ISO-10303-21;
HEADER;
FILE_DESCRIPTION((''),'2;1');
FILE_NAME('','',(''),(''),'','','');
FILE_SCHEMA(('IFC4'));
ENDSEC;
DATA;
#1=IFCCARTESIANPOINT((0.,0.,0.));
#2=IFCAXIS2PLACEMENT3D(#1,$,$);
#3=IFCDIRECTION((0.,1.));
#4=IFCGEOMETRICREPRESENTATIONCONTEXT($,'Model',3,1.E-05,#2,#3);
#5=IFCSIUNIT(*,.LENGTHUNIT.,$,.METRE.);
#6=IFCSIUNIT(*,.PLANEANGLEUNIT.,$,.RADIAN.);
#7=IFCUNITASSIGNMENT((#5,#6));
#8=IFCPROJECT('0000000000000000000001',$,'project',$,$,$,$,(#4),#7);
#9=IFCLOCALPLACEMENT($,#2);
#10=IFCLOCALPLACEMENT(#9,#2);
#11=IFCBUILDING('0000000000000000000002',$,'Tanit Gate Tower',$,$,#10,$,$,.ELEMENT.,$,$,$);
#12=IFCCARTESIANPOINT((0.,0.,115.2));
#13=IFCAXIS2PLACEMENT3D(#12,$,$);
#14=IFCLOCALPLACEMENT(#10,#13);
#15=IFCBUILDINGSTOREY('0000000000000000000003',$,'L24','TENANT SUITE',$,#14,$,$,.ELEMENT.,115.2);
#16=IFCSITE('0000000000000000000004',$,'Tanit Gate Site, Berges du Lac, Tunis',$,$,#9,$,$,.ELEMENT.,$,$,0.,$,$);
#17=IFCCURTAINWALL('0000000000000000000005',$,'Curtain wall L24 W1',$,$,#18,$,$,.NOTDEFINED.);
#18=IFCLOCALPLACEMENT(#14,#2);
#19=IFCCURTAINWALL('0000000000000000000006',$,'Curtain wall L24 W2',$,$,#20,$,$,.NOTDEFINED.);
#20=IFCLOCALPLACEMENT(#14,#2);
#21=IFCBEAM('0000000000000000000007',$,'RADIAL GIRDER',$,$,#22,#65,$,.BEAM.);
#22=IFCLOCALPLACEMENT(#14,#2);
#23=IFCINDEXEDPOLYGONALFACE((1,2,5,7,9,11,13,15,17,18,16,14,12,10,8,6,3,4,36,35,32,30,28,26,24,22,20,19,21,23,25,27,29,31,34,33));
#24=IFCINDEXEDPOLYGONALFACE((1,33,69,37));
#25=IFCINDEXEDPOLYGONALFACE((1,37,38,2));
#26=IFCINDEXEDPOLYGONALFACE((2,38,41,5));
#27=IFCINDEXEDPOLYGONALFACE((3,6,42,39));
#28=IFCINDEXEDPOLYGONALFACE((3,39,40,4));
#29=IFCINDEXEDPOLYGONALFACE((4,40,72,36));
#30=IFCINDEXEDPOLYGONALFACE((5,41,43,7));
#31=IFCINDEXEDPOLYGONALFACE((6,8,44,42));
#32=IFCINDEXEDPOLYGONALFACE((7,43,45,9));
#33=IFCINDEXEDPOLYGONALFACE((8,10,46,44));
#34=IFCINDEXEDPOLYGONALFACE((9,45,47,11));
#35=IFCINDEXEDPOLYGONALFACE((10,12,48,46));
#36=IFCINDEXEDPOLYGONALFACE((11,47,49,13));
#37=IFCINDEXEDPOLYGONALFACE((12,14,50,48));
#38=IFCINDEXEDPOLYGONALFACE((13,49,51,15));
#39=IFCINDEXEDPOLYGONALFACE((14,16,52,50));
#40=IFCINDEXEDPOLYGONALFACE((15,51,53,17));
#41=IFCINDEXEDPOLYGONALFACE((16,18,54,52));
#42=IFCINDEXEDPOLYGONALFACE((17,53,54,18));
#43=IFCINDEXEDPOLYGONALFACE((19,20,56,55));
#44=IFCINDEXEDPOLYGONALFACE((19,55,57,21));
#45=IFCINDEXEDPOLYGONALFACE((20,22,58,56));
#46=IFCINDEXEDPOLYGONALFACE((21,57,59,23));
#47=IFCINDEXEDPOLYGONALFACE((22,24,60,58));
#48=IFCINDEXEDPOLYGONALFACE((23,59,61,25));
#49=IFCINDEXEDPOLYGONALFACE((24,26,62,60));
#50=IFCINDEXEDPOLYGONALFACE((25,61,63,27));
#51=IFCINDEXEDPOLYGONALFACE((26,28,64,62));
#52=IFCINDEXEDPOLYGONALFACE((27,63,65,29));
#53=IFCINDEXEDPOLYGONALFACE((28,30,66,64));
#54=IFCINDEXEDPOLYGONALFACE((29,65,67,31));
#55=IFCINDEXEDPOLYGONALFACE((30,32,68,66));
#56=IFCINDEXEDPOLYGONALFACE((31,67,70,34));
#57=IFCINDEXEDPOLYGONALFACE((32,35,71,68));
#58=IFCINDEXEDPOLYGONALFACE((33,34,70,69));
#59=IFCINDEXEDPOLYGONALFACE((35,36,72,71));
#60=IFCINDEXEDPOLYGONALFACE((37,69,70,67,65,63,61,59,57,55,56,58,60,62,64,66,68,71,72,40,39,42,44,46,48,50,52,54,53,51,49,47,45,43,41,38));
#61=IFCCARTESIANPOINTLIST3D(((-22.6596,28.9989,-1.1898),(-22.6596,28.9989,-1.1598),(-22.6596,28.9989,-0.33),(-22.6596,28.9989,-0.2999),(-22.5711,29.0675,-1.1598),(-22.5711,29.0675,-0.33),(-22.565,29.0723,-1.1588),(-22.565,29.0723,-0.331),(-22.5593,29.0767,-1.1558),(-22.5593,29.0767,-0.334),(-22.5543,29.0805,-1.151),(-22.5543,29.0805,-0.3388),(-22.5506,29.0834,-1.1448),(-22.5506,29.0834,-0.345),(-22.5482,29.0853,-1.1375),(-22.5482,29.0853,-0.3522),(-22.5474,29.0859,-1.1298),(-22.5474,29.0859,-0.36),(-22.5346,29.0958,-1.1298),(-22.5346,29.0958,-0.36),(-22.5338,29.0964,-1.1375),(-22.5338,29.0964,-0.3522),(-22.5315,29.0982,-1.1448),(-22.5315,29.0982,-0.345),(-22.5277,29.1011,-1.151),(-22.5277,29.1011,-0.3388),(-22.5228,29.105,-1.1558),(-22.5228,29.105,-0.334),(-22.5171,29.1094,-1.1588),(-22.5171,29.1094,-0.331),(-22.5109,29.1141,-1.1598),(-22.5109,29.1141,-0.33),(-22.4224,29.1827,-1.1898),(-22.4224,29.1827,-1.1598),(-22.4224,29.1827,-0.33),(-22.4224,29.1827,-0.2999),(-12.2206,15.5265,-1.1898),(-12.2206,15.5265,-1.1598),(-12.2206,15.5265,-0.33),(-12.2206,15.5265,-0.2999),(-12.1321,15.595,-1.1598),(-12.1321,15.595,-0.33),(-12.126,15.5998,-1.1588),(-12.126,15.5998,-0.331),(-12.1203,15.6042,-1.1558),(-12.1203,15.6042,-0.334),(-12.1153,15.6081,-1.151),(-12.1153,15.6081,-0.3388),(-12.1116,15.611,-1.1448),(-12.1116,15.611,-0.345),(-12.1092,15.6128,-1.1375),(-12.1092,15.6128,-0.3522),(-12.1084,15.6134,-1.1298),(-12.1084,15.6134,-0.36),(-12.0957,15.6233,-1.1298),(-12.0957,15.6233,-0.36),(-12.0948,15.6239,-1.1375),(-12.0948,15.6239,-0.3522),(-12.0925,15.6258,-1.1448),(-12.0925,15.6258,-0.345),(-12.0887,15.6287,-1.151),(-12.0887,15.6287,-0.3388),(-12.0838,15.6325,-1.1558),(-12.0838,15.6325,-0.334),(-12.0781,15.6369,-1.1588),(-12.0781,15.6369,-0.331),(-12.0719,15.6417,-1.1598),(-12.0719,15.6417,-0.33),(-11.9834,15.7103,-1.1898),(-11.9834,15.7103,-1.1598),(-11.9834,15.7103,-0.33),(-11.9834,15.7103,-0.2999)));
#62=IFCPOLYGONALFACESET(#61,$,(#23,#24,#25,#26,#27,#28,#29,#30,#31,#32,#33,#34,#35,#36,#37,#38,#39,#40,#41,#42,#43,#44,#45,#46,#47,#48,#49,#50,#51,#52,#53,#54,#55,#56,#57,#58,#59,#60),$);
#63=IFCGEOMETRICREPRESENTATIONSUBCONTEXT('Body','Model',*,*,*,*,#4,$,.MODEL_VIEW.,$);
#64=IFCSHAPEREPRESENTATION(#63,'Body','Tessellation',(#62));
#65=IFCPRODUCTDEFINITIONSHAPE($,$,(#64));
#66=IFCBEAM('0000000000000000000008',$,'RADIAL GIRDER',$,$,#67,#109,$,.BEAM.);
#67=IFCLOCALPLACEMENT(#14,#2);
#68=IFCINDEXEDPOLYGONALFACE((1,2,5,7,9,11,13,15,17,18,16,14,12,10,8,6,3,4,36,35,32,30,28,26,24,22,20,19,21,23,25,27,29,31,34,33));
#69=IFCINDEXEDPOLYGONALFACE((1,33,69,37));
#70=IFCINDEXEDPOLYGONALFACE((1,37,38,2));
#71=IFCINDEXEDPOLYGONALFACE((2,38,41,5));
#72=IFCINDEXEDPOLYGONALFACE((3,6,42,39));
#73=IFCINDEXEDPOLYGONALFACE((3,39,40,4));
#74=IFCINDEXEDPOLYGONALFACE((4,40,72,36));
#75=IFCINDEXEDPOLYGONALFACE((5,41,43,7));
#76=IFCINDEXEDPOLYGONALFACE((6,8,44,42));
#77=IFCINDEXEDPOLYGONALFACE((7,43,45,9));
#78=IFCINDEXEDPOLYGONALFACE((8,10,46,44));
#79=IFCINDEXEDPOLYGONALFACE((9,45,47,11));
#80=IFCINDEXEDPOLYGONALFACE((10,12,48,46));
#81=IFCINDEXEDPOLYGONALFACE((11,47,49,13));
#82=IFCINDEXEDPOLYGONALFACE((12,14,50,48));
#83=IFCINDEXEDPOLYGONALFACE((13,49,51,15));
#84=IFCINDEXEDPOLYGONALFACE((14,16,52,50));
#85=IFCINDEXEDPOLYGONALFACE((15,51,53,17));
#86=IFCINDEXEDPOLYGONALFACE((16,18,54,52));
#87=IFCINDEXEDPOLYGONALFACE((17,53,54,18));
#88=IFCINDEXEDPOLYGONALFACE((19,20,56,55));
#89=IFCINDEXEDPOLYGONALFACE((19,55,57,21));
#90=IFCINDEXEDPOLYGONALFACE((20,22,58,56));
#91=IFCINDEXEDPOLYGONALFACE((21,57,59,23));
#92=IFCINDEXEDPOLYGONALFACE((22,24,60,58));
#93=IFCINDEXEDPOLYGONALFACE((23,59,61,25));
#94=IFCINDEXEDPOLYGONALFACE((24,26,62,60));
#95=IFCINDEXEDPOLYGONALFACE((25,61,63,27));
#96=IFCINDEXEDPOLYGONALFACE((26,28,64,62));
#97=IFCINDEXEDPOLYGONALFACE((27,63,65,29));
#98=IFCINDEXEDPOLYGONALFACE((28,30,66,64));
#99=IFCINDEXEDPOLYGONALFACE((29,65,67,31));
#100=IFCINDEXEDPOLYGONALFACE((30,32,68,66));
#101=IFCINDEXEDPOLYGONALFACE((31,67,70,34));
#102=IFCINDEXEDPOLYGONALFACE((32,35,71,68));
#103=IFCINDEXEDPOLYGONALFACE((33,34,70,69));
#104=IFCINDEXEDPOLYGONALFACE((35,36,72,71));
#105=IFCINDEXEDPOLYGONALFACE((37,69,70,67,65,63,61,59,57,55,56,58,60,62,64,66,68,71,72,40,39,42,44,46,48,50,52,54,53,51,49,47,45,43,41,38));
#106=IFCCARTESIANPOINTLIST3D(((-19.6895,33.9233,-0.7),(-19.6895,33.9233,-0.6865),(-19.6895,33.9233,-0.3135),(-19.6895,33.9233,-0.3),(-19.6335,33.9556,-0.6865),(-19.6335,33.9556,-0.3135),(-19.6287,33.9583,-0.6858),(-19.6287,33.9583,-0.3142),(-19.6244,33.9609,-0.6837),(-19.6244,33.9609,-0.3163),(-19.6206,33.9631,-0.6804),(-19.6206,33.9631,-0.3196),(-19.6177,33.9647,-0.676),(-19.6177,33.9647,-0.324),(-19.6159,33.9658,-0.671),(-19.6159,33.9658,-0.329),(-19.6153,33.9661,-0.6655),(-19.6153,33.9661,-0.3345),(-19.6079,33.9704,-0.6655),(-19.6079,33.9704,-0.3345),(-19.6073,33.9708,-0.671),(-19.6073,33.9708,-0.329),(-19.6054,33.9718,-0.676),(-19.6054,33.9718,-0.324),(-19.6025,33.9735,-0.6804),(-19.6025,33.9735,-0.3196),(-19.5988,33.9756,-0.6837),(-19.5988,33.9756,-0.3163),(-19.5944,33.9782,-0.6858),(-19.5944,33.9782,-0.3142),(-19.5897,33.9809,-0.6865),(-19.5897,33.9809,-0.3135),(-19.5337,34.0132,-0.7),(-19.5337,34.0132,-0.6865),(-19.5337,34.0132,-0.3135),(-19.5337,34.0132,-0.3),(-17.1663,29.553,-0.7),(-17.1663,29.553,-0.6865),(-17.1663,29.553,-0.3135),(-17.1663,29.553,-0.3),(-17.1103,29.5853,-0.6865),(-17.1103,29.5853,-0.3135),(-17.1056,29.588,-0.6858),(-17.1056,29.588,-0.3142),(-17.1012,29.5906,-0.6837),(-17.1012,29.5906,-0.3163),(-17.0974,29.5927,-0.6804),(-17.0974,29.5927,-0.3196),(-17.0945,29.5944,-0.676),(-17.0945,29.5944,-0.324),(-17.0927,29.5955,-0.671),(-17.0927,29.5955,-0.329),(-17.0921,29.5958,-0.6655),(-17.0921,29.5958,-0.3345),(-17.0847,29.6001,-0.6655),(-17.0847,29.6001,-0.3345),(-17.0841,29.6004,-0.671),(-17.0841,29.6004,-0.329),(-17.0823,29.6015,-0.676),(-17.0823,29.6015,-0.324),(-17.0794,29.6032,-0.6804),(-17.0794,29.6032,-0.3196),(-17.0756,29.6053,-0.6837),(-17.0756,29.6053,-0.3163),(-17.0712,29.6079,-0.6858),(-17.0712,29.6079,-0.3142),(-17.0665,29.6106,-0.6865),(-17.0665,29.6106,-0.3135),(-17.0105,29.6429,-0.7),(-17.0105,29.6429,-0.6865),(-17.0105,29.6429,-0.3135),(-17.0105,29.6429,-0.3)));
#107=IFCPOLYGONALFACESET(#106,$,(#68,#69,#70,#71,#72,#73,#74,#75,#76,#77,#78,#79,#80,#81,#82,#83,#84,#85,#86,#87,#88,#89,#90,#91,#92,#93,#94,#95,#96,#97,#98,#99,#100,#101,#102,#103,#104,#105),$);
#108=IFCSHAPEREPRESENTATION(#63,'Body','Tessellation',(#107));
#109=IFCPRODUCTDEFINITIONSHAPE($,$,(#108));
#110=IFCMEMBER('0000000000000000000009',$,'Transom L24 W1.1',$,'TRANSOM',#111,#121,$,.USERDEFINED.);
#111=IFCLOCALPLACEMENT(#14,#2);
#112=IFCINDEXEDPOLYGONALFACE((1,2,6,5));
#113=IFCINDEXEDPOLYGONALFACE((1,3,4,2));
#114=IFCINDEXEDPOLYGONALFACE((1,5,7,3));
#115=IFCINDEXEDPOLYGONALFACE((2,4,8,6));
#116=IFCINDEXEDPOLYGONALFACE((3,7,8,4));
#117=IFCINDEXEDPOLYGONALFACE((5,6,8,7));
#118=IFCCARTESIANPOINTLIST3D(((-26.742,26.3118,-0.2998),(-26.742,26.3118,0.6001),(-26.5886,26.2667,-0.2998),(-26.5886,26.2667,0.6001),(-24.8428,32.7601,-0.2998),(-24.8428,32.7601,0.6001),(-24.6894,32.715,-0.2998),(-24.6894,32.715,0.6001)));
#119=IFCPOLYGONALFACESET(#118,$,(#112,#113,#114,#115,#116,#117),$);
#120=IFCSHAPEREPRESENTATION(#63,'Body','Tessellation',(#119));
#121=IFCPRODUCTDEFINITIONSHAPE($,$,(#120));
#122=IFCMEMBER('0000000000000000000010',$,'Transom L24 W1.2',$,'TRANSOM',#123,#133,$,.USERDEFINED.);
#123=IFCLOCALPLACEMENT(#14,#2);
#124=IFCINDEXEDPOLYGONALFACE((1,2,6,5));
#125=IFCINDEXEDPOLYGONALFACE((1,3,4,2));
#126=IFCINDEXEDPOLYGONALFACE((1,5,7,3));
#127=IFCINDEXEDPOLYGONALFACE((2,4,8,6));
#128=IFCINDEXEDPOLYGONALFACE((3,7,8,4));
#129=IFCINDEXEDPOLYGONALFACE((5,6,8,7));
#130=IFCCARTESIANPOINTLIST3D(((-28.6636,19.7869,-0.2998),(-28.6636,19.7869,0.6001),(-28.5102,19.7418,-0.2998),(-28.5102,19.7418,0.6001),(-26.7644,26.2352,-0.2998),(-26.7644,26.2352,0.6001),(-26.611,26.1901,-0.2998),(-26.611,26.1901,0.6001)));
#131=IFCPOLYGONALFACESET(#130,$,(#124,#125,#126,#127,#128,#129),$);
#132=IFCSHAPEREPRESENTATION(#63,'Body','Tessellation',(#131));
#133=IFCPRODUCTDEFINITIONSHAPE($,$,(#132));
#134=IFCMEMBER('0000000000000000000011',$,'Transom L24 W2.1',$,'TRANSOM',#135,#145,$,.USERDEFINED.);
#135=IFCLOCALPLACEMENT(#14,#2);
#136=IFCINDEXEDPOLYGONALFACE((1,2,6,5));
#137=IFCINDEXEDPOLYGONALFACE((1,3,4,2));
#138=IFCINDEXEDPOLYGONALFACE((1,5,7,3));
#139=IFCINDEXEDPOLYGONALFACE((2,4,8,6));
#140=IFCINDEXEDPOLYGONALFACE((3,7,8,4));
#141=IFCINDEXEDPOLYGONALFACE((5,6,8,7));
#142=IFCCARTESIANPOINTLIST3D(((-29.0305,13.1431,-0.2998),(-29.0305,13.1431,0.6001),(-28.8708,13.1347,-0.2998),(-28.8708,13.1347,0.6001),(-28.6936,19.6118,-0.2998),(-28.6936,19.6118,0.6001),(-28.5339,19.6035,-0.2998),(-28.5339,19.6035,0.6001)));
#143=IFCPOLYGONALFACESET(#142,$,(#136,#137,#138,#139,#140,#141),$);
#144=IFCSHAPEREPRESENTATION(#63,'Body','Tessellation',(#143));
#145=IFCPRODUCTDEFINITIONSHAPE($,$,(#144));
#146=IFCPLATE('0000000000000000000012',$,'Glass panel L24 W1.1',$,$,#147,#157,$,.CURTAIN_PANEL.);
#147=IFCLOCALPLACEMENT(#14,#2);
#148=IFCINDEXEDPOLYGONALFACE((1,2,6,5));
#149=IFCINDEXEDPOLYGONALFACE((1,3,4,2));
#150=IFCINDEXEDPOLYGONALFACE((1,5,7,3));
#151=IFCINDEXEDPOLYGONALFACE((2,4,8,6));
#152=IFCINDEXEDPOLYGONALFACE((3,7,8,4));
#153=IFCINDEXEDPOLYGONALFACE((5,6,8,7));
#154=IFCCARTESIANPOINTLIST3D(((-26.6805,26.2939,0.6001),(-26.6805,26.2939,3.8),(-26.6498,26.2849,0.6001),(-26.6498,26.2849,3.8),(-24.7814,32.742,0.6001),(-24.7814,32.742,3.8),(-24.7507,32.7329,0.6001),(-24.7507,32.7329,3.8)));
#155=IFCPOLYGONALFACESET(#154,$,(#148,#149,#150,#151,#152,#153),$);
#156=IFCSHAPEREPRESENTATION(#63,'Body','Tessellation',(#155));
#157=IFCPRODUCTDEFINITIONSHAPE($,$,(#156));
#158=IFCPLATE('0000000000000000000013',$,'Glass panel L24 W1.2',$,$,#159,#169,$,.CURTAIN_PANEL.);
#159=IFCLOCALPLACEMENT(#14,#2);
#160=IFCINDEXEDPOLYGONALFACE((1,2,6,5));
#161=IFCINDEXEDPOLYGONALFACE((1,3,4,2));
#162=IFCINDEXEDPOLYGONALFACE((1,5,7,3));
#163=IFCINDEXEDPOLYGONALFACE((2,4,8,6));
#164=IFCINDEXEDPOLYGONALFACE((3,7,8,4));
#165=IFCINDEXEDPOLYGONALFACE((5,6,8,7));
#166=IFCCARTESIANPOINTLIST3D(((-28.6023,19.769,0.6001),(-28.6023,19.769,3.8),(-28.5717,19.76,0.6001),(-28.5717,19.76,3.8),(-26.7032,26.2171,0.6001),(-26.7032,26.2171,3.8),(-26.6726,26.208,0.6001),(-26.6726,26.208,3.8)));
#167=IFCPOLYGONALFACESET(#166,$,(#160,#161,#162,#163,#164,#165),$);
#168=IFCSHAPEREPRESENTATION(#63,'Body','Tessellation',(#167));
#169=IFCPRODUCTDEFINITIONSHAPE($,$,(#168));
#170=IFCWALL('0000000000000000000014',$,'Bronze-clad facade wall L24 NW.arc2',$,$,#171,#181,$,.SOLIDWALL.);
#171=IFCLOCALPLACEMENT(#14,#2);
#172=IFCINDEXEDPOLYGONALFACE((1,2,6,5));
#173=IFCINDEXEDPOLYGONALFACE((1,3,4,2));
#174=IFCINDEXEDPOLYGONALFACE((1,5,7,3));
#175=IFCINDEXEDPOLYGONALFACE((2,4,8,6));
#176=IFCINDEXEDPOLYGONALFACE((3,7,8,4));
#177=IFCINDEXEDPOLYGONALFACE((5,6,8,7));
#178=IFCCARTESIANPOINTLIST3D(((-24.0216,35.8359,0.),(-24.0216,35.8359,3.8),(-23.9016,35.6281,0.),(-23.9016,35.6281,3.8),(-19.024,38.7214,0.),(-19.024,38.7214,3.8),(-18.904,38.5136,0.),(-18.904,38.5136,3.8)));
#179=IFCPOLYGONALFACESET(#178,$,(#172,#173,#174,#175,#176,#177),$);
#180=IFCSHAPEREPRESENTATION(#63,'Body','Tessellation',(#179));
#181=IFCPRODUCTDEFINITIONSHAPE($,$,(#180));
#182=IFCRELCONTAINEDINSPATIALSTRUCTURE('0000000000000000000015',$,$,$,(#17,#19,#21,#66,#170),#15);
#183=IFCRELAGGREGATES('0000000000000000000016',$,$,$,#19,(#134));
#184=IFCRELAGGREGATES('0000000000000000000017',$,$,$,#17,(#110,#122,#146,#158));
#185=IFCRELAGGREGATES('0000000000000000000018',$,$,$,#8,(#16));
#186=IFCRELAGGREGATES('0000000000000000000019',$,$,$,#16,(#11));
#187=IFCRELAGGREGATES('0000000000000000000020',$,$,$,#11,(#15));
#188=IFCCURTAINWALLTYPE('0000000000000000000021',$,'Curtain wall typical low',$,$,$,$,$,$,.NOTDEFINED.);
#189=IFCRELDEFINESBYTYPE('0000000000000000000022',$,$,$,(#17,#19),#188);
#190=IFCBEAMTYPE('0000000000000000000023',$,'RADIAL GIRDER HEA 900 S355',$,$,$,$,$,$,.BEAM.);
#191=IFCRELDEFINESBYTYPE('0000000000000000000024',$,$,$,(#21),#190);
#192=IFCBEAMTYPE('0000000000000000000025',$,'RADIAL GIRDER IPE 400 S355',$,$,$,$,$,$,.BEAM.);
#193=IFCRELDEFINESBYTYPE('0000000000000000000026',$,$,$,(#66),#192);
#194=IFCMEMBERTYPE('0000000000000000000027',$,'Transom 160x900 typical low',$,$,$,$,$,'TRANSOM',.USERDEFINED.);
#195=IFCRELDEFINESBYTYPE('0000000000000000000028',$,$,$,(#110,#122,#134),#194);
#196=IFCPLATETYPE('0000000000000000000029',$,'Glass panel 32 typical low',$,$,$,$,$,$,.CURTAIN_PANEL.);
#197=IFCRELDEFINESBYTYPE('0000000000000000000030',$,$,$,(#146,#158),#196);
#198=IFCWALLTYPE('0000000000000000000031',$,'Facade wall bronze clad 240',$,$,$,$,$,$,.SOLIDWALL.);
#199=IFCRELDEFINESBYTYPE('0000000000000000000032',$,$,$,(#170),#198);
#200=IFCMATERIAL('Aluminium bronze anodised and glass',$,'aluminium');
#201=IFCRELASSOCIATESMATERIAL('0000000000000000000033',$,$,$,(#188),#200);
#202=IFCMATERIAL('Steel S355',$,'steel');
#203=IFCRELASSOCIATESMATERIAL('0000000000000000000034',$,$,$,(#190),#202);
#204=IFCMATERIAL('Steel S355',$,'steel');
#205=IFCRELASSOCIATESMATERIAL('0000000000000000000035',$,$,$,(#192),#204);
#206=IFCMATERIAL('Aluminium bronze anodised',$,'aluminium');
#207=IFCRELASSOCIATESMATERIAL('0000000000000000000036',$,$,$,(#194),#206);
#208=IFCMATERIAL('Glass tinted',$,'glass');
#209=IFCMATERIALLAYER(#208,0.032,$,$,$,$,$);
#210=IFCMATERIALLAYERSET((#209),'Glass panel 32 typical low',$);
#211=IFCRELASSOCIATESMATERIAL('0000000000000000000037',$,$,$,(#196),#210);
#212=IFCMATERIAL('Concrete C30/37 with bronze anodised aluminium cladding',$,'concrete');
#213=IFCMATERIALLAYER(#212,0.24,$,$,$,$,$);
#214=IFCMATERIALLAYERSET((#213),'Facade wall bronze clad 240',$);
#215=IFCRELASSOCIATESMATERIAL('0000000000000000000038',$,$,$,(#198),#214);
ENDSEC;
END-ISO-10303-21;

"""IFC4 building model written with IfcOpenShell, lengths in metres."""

from ifc_helpers import new_model, si_unit, direction, frame, frame_2d, origin, origin_2d, place, context, subcontext, project, spatial, rectangle, i_section, extrude, material, layer, layer_set, material_profile, profile_set, type_object, element, aggregate, save


model = new_model("IFC4")

# Units and contexts
model_context = context("Model", 3, precision=1e-05, world=origin(), true_north=direction((0.0, 1.0)))
body_context = subcontext(model_context, "Body", "Model", "MODEL_VIEW")
ifc_project = project(units=[si_unit("LENGTHUNIT", "METRE"), si_unit("PLANEANGLEUNIT", "RADIAN")], contexts=[model_context])

# Site, building, storey
site_placement = place(None, origin())
site = spatial("IfcSite", under=ifc_project, at=site_placement, Name="Tanit Gate Site, Berges du Lac, Tunis", CompositionType="ELEMENT", RefElevation=0.0)
building_placement = place(site_placement, origin())
building = spatial("IfcBuilding", under=site, at=building_placement, Name="Tanit Gate Tower", CompositionType="ELEMENT")
storey_placement = place(building_placement, frame((0.0, 0.0, 115.2)))
storey = spatial("IfcBuildingStorey", under=building, at=storey_placement, Name="L24", Description="TENANT SUITE", CompositionType="ELEMENT", Elevation=115.2)

# Curtain walls
ifc_material_1 = material(Name="Aluminium bronze anodised and glass", Category="aluminium")
curtain_wall_type = type_object("IfcCurtainWallType", Name="Curtain wall typical low", PredefinedType="NOTDEFINED", material=ifc_material_1)
curtain_wall_1_placement = place(storey_placement, origin())
curtain_wall_1 = element("IfcCurtainWall", 1, at=curtain_wall_1_placement, inside=storey, type_object=curtain_wall_type, Name="Curtain wall L24 W1", PredefinedType="NOTDEFINED")
curtain_wall_2_placement = place(storey_placement, origin())
curtain_wall_2 = element("IfcCurtainWall", 2, at=curtain_wall_2_placement, inside=storey, type_object=curtain_wall_type, Name="Curtain wall L24 W2", PredefinedType="NOTDEFINED")

# Beams
ifc_material_2 = material(Name="Steel S355", Category="steel")
ifc_material_profile_1 = material_profile(ifc_material_2, i_section(OverallWidth=0.3, OverallDepth=0.8899, WebThickness=0.0161, FlangeThickness=0.03, FilletRadius=0.03, at=origin_2d()), Name="HEA 900")
ifc_profile_set_1 = profile_set([ifc_material_profile_1], Name="Steel S355")
beam_type_1 = type_object("IfcBeamType", Name="RADIAL GIRDER HEA 900 S355", PredefinedType="BEAM", material=ifc_profile_set_1)
beam_1_placement = place(storey_placement, frame((-22.541, 29.0908, -0.7449), z_axis=(0.612493, -0.790476, 0.0), x_axis=(0.790476, 0.612493, 0.0)))
element("IfcBeam", 3, at=beam_1_placement, inside=storey, type_object=beam_type_1, Name="RADIAL GIRDER", PredefinedType="BEAM", context=body_context, shape_type="SweptSolid", body=[
    extrude(i_section(OverallWidth=0.3, OverallDepth=0.8899, WebThickness=0.0161, FlangeThickness=0.03, FilletRadius=0.03, at=origin_2d()), origin(), (0.0, 0.0, 1.0), 17.0435),
])
ifc_material_3 = material(Name="Steel S355", Category="steel")
ifc_material_profile_2 = material_profile(ifc_material_3, i_section(OverallWidth=0.1799, OverallDepth=0.3999, WebThickness=0.0085, FlangeThickness=0.0134, FilletRadius=0.021, at=origin_2d()), Name="IPE 400")
ifc_profile_set_2 = profile_set([ifc_material_profile_2], Name="Steel S355")
beam_type_2 = type_object("IfcBeamType", Name="RADIAL GIRDER IPE 400 S355", PredefinedType="BEAM", material=ifc_profile_set_2)
beam_2_placement = place(storey_placement, frame((-19.6116, 33.9683, -0.5), z_axis=(0.499995, -0.866028, 0.0), x_axis=(0.866028, 0.499995, 0.0)))
element("IfcBeam", 4, at=beam_2_placement, inside=storey, type_object=beam_type_2, Name="RADIAL GIRDER", PredefinedType="BEAM", context=body_context, shape_type="SweptSolid", body=[
    extrude(i_section(OverallWidth=0.1799, OverallDepth=0.3999, WebThickness=0.0085, FlangeThickness=0.0134, FilletRadius=0.021, at=origin_2d()), origin(), (0.0, 0.0, 1.0), 5.0464),
])

# Members
ifc_material_4 = material(Name="Aluminium bronze anodised", Category="aluminium")
ifc_material_profile_3 = material_profile(ifc_material_4, rectangle(XDim=0.1599, YDim=0.8999, at=origin_2d()), Name="160x900 bronze transom")
ifc_profile_set_3 = profile_set([ifc_material_profile_3], Name="Aluminium bronze anodised")
member_type_1 = type_object("IfcMemberType", Name="Transom 160x900 typical low", ElementType="TRANSOM", PredefinedType="USERDEFINED", material=ifc_profile_set_3)
member_1_placement = place(storey_placement, frame((-24.7661, 32.7375, 0.1501), z_axis=(-0.282526, -0.95926, 0.0), x_axis=(0.95926, -0.282526, 0.0)))
member_1 = element("IfcMember", 5, at=member_1_placement, type_object=member_type_1, Name="Transom L24 W1.1", ObjectType="TRANSOM", PredefinedType="USERDEFINED", context=body_context, shape_type="SweptSolid", body=[
    extrude(rectangle(XDim=0.1599, YDim=0.8999, at=origin_2d()), origin(), (0.0, 0.0, 1.0), 6.7222),
])
member_2_placement = place(storey_placement, frame((-26.6877, 26.2126, 0.1501), z_axis=(-0.282526, -0.95926, 0.0), x_axis=(0.95926, -0.282526, 0.0)))
member_2 = element("IfcMember", 6, at=member_2_placement, type_object=member_type_1, Name="Transom L24 W1.2", ObjectType="TRANSOM", PredefinedType="USERDEFINED", context=body_context, shape_type="SweptSolid", body=[
    extrude(rectangle(XDim=0.1599, YDim=0.8999, at=origin_2d()), origin(), (0.0, 0.0, 1.0), 6.7222),
])
member_3_placement = place(storey_placement, frame((-28.6138, 19.6077, 0.1501), z_axis=(-0.052013, -0.998646, 0.0), x_axis=(0.998646, -0.052013, 0.0)))
member_3 = element("IfcMember", 7, at=member_3_placement, type_object=member_type_1, Name="Transom L24 W2.1", ObjectType="TRANSOM", PredefinedType="USERDEFINED", context=body_context, shape_type="SweptSolid", body=[
    extrude(rectangle(XDim=0.1599, YDim=0.8999, at=origin_2d()), origin(), (0.0, 0.0, 1.0), 6.4775),
])
aggregate(curtain_wall_2, [member_3])

# Plates
ifc_material_5 = material(Name="Glass tinted", Category="glass")
ifc_layer_1 = layer(ifc_material_5, 0.032)
ifc_layer_set_1 = layer_set([ifc_layer_1], Name="Glass panel 32 typical low")
plate_type = type_object("IfcPlateType", Name="Glass panel 32 typical low", PredefinedType="CURTAIN_PANEL", material=ifc_layer_set_1)
plate_1_placement = place(storey_placement, frame((-25.7156, 29.5134, 0.6001), z_axis=(0.0, 0.0, 1.0), x_axis=(-0.282525, -0.95926, 0.0)))
plate_1 = element("IfcPlate", 8, at=plate_1_placement, type_object=plate_type, Name="Glass panel L24 W1.1", PredefinedType="CURTAIN_PANEL", context=body_context, shape_type="SweptSolid", body=[
    extrude(rectangle(XDim=6.7219, YDim=0.032, at=origin_2d()), origin(), (0.0, 0.0, 1.0), 3.2),
])
plate_2_placement = place(storey_placement, frame((-27.6375, 22.9885, 0.6001), z_axis=(0.0, 0.0, 1.0), x_axis=(-0.282525, -0.95926, 0.0)))
plate_2 = element("IfcPlate", 9, at=plate_2_placement, type_object=plate_type, Name="Glass panel L24 W1.2", PredefinedType="CURTAIN_PANEL", context=body_context, shape_type="SweptSolid", body=[
    extrude(rectangle(XDim=6.7219, YDim=0.032, at=origin_2d()), origin(), (0.0, 0.0, 1.0), 3.2),
])
aggregate(curtain_wall_1, [member_1, member_2, plate_1, plate_2])

# Wall
ifc_material_6 = material(Name="Concrete C30/37 with bronze anodised aluminium cladding", Category="concrete")
ifc_layer_2 = layer(ifc_material_6, 0.24)
ifc_layer_set_2 = layer_set([ifc_layer_2], Name="Facade wall bronze clad 240")
wall_type_1 = type_object("IfcWallType", Name="Facade wall bronze clad 240", PredefinedType="SOLIDWALL", material=ifc_layer_set_2)
wall_1_placement = place(storey_placement, frame((-18.9641, 38.6174, 0.0), z_axis=(0.0, 0.0, 1.0), x_axis=(-0.866014, -0.50002, 0.0)))
element("IfcWall", 10, at=wall_1_placement, inside=storey, type_object=wall_type_1, Name="Bronze-clad facade wall L24 NW.arc2", PredefinedType="SOLIDWALL", context=body_context, shape_type="SweptSolid", body=[
    extrude(rectangle(XDim=5.7708, YDim=0.24, at=frame_2d((2.8853, 0.0))), origin(), (0.0, 0.0, 1.0), 3.8),
])

save(model, "model.ifc")
